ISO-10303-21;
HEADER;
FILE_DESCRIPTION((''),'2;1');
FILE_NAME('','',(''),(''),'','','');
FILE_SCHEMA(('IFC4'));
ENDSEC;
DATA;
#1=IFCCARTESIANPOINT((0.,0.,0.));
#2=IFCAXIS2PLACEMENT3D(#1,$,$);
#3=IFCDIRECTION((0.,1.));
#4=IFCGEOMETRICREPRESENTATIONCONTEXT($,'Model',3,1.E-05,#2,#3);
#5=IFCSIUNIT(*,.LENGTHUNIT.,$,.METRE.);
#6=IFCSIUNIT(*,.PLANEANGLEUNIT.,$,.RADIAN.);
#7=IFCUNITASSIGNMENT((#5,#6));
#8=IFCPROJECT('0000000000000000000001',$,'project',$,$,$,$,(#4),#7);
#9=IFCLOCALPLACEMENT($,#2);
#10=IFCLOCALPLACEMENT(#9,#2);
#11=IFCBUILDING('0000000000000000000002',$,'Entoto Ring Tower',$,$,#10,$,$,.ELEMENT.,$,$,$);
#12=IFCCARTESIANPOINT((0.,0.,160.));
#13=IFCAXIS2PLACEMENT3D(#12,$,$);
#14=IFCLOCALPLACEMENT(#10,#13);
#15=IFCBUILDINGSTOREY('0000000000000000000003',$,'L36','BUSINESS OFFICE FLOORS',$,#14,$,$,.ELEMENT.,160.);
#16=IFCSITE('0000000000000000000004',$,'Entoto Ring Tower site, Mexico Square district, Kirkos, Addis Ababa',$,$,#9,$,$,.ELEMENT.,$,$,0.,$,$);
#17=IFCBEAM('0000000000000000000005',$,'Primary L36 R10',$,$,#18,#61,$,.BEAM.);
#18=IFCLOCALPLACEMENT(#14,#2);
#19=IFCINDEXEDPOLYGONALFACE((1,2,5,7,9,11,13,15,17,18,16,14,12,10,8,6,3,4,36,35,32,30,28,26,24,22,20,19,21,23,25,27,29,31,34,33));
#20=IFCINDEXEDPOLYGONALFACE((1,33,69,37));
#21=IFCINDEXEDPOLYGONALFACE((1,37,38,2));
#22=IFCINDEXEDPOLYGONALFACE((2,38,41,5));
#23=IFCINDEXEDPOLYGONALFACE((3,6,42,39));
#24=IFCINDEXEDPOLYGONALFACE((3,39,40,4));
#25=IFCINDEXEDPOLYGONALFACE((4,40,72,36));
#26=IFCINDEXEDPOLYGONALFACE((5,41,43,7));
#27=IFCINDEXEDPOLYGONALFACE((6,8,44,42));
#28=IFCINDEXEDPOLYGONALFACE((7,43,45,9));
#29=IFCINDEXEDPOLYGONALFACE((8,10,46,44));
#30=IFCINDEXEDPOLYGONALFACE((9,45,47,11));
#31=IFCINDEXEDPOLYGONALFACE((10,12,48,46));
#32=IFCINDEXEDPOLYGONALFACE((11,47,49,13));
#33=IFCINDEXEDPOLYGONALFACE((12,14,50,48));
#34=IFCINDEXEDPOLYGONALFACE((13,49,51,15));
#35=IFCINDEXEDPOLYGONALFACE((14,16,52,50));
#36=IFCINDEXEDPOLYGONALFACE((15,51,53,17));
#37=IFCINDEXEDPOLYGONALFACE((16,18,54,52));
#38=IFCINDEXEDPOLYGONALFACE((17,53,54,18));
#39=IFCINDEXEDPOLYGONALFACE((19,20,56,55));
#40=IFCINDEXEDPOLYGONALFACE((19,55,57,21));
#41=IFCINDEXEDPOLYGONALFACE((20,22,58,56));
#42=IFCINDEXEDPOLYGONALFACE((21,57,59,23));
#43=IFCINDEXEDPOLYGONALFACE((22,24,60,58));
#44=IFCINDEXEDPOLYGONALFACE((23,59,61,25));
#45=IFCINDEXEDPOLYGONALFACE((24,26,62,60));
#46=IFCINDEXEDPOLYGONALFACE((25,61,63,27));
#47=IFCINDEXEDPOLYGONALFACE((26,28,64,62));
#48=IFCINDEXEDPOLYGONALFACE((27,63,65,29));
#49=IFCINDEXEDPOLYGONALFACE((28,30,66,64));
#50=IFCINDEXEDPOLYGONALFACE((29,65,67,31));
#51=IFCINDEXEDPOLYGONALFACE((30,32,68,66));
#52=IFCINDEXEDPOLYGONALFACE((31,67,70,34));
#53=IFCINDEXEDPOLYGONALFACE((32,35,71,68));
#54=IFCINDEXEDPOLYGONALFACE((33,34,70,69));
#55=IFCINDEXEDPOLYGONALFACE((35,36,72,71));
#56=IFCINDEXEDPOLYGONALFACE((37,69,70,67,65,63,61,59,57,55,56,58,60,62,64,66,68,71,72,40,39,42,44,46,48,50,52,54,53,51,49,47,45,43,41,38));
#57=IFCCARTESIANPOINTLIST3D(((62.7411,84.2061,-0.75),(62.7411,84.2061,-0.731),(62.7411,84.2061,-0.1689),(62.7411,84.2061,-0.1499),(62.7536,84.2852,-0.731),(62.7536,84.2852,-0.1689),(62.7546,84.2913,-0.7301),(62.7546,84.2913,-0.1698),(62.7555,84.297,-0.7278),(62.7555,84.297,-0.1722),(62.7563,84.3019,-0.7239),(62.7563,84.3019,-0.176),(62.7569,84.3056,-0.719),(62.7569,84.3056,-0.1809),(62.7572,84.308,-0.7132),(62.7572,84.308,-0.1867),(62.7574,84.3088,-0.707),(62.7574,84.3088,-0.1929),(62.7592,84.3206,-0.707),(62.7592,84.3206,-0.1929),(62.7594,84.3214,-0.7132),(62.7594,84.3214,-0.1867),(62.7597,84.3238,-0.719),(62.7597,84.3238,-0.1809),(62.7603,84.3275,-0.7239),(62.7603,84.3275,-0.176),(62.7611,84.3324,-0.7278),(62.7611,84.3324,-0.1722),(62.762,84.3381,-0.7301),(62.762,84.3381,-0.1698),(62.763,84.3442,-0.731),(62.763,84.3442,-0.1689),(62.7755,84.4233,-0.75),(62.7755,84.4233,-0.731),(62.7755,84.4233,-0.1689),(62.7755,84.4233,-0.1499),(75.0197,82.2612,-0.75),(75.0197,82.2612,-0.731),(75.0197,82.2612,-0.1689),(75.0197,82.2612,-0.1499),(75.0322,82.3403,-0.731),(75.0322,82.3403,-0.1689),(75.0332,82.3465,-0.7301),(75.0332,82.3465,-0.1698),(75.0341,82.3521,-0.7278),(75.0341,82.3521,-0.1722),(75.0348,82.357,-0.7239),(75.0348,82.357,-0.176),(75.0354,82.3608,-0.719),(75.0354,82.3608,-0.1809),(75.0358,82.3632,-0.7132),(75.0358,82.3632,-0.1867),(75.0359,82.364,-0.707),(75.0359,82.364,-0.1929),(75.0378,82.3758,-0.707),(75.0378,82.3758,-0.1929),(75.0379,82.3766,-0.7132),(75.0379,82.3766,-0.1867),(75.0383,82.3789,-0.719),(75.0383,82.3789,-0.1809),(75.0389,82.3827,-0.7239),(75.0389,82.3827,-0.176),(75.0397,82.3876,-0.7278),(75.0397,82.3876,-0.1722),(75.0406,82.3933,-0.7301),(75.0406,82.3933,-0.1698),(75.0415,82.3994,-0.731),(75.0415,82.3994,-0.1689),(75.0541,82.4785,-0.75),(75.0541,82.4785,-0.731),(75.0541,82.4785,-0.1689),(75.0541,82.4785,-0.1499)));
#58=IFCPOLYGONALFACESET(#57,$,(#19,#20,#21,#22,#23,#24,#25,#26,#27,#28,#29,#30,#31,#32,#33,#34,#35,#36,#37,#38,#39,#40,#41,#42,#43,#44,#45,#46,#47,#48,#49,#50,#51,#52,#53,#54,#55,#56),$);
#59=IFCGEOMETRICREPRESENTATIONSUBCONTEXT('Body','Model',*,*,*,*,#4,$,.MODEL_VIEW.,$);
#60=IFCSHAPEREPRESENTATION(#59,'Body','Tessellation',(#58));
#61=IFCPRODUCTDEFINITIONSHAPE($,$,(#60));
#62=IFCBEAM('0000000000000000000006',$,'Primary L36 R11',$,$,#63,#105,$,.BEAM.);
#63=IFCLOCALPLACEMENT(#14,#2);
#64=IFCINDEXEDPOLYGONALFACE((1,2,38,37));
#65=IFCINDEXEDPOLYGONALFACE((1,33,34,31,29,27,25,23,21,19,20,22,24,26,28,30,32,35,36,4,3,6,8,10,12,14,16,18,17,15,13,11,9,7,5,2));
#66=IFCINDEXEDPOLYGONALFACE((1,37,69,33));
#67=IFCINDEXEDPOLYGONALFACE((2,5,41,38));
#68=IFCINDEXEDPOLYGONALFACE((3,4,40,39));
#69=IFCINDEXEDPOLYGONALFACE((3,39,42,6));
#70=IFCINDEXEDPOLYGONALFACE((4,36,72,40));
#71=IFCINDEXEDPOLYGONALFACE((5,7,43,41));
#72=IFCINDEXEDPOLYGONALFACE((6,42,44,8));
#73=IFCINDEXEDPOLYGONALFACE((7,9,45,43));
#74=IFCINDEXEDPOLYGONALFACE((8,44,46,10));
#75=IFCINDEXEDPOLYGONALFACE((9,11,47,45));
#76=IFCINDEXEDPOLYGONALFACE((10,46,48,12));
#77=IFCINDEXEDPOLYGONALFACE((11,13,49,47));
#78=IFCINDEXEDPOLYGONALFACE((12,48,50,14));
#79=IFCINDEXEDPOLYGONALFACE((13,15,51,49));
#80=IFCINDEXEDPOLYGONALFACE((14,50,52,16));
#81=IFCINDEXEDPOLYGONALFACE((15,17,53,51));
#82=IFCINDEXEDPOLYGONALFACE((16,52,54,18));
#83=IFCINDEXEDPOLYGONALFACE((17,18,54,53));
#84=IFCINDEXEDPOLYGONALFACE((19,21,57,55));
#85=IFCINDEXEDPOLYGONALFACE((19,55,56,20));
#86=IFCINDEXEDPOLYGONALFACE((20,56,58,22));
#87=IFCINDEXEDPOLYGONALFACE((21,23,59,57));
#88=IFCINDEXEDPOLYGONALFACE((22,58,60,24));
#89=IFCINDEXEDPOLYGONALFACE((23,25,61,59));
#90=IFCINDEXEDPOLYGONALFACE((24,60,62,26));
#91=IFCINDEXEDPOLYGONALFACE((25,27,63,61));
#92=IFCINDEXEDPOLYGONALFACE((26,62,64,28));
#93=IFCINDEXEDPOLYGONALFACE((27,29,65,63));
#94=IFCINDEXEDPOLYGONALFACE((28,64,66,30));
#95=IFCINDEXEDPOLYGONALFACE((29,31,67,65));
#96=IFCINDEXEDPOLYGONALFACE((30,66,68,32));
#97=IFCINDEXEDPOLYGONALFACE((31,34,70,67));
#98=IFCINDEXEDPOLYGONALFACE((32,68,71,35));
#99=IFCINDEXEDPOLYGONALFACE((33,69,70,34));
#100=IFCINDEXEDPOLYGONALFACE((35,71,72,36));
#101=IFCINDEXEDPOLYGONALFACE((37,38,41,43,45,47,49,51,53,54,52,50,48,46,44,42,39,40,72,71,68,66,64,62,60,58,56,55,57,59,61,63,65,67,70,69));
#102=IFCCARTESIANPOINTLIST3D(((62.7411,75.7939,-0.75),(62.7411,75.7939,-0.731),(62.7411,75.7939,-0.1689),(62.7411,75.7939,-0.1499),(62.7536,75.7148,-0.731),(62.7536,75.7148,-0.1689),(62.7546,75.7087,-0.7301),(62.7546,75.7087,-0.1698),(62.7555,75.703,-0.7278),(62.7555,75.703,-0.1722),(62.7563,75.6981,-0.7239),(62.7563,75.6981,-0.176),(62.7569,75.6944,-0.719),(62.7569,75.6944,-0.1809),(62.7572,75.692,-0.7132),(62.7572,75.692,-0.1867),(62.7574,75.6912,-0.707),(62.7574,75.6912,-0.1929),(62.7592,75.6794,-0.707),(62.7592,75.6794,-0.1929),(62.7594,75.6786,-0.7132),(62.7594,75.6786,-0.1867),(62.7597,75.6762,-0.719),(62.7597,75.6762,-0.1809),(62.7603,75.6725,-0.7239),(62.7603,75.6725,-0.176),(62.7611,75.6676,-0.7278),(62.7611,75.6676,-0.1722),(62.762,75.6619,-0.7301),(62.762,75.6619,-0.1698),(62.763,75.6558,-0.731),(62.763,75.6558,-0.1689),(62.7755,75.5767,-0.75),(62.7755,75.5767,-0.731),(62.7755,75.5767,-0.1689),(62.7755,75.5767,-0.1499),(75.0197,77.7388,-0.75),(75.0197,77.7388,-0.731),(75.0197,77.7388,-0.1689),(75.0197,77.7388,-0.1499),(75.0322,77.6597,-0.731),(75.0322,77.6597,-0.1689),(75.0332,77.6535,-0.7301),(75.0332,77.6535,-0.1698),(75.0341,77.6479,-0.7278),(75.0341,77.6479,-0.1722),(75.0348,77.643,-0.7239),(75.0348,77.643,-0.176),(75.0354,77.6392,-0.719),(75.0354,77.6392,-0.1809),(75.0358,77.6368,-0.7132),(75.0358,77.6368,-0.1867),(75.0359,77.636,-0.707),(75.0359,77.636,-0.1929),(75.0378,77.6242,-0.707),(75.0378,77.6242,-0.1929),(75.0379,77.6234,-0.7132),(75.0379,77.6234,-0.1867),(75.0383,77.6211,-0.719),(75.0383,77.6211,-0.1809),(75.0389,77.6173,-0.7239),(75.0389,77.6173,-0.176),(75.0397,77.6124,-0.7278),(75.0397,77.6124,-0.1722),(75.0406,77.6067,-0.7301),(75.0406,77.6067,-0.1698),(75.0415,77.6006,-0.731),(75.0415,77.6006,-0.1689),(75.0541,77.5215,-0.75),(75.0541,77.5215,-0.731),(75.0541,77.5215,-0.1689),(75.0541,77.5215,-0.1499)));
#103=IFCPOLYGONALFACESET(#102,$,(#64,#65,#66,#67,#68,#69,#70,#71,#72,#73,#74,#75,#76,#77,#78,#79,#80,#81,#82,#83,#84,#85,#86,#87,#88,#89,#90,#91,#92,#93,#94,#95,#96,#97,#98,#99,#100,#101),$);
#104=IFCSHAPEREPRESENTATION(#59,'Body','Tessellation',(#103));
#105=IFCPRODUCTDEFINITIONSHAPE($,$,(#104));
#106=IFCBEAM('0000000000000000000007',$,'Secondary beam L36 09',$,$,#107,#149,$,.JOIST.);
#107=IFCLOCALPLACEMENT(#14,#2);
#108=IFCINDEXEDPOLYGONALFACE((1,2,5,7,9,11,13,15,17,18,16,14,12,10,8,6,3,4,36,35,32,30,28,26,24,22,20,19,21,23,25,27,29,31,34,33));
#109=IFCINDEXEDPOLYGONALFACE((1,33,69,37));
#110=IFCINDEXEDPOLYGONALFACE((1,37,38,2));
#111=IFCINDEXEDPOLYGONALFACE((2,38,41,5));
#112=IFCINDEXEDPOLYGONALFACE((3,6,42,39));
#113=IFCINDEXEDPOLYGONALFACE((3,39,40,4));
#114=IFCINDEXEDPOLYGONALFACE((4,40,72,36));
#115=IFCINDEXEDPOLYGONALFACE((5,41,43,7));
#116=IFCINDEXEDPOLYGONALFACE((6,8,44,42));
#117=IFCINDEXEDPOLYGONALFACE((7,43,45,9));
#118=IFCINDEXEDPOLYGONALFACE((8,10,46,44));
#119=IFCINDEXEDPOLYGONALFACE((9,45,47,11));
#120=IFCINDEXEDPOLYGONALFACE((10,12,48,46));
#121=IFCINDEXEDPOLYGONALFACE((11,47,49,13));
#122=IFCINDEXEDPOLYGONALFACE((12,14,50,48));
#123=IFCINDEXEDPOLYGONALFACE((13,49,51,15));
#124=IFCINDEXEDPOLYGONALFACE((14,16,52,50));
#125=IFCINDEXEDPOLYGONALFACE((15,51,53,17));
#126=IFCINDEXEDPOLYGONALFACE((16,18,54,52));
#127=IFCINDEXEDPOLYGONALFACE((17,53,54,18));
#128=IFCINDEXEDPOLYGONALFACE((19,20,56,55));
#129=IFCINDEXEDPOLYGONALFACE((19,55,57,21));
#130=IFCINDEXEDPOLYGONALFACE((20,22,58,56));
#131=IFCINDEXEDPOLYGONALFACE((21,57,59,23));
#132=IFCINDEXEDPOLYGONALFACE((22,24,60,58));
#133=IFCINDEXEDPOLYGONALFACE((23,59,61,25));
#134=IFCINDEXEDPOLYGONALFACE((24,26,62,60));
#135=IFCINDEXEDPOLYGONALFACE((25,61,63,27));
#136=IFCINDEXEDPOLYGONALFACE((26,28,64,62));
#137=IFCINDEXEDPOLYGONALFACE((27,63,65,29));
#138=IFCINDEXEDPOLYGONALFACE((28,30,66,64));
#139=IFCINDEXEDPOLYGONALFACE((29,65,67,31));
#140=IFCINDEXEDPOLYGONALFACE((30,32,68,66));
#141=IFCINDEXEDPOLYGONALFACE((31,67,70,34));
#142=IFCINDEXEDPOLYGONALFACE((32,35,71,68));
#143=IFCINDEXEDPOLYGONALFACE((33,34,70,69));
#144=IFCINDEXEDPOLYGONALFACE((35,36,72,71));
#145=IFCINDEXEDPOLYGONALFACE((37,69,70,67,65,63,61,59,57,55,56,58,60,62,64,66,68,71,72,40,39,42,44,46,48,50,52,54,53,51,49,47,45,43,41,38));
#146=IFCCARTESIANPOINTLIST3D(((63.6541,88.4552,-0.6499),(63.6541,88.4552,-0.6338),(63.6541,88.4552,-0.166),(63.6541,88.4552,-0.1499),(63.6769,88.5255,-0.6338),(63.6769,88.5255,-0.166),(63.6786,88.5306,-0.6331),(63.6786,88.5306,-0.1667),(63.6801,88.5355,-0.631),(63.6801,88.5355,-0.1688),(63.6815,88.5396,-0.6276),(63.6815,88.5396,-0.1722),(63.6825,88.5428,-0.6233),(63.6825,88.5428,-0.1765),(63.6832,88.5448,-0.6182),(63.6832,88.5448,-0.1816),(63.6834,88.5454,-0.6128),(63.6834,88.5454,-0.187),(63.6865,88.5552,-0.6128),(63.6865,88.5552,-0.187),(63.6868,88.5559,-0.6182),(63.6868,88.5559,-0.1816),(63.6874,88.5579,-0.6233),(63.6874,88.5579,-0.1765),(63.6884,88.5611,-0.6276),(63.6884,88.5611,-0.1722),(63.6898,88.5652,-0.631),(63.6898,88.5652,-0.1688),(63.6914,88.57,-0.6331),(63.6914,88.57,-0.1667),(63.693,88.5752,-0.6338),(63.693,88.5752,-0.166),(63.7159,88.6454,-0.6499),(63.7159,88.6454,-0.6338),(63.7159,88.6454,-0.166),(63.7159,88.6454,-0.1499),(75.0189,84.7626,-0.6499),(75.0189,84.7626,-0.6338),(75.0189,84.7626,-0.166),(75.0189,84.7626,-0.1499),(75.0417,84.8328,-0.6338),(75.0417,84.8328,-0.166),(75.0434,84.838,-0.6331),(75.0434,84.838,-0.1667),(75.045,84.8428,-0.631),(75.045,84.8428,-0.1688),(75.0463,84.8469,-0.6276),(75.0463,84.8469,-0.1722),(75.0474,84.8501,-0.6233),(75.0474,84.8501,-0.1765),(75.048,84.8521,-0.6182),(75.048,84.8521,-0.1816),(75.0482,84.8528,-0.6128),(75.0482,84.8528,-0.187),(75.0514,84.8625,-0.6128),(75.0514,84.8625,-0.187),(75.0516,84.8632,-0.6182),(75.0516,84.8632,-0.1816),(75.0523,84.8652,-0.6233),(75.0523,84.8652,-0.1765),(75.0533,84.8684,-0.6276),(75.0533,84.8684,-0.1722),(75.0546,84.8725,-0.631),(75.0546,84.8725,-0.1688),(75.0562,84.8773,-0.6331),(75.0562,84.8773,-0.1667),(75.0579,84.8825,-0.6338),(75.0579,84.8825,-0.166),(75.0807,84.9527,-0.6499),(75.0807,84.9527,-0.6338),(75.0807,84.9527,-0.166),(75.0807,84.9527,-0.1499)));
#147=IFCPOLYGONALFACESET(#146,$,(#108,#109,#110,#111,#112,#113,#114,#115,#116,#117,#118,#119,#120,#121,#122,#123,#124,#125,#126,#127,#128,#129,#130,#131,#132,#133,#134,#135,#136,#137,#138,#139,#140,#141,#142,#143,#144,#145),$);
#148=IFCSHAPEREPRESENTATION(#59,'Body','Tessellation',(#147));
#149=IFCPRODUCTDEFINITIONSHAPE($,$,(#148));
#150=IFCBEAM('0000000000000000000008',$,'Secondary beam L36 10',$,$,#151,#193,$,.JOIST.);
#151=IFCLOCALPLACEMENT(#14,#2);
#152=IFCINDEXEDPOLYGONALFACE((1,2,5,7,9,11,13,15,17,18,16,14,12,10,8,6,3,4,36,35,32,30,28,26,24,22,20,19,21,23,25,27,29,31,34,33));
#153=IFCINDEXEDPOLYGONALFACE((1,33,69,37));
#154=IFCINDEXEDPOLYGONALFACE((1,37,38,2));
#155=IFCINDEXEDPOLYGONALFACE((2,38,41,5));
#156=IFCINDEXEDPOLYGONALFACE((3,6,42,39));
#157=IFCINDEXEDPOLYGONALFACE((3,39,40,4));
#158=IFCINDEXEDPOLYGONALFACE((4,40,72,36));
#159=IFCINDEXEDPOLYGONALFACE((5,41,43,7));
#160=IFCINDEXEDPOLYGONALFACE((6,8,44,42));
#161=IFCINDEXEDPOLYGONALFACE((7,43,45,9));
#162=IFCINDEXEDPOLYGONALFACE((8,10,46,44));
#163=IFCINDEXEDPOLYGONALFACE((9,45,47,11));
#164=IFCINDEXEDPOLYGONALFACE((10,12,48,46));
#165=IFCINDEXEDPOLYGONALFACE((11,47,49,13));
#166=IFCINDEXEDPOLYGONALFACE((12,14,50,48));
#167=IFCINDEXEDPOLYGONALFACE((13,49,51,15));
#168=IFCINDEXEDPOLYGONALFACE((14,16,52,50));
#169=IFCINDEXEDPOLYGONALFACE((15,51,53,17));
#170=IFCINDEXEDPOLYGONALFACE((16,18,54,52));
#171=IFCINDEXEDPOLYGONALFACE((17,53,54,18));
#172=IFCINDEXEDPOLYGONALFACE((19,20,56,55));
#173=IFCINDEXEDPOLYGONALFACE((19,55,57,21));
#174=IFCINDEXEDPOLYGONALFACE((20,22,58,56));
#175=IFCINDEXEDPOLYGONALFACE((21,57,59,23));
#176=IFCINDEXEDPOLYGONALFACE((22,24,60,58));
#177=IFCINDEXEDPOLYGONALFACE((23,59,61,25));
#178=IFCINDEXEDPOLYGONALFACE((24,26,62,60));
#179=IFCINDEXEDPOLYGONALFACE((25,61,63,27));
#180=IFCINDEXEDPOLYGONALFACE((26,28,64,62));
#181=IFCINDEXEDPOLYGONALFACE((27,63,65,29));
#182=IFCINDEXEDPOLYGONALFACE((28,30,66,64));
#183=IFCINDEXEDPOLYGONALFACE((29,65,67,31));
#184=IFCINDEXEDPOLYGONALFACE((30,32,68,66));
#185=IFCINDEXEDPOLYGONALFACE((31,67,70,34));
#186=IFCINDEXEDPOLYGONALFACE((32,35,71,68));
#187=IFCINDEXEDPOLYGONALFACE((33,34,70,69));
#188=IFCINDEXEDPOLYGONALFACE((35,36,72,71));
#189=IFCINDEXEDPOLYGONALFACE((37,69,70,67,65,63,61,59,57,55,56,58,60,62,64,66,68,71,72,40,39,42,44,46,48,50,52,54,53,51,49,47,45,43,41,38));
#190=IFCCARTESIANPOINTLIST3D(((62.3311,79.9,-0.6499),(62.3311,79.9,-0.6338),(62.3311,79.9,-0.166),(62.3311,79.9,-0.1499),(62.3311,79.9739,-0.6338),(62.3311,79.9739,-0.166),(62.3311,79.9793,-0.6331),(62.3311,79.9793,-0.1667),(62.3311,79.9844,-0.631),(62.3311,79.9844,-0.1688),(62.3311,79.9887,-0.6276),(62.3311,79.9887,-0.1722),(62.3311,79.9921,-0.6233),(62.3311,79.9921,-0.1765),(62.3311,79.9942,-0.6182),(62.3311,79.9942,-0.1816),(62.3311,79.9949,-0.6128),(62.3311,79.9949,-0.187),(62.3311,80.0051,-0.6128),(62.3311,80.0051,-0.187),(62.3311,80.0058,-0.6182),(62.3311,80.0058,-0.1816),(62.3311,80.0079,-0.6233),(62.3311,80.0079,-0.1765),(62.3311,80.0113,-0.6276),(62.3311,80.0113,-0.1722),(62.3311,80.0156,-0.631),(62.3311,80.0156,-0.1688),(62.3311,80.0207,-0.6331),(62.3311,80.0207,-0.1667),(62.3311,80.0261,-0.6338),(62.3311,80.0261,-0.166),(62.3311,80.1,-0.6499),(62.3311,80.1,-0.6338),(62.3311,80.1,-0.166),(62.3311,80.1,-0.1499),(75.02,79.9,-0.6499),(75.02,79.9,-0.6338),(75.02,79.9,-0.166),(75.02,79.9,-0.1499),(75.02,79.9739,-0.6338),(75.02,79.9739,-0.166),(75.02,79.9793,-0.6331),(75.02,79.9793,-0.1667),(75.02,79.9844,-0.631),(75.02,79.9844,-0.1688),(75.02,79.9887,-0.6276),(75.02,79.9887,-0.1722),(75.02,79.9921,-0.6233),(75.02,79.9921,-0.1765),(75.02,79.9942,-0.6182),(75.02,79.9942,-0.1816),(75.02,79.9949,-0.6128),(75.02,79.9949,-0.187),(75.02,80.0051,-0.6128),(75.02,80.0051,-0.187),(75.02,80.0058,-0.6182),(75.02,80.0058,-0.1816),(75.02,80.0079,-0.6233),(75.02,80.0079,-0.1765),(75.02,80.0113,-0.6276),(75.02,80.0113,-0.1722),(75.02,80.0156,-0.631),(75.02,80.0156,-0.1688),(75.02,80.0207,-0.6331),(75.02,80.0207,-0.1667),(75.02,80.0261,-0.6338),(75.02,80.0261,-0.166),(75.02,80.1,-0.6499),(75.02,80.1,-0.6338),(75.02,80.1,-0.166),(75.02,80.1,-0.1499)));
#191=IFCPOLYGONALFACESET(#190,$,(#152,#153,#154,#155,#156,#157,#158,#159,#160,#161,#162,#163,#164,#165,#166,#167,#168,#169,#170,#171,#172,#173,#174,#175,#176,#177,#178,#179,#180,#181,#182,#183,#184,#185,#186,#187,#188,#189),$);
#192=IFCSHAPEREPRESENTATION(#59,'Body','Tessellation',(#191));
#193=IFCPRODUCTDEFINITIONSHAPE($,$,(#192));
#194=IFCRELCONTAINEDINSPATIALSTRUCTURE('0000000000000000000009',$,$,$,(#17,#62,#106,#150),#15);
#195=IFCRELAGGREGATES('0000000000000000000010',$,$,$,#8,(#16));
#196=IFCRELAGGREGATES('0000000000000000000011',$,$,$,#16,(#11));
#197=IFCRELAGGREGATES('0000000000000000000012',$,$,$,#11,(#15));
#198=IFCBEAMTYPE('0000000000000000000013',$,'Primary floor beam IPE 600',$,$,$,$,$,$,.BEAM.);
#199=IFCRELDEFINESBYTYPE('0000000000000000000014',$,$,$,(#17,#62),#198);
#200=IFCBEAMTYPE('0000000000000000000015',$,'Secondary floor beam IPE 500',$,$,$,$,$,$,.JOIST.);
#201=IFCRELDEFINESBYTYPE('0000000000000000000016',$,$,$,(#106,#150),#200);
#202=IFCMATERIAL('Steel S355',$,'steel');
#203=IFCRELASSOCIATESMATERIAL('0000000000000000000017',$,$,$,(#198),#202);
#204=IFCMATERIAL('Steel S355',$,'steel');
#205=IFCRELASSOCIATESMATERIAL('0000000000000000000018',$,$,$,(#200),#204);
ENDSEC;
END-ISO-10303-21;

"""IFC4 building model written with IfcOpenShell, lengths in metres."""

from ifc_helpers import new_model, si_unit, direction, frame, origin, origin_2d, place, context, subcontext, project, spatial, i_section, extrude, material, material_profile, profile_set, type_object, element, save


model = new_model("IFC4")

# Units and contexts
model_context = context("Model", 3, precision=1e-05, world=origin(), true_north=direction((0.0, 1.0)))
body_context = subcontext(model_context, "Body", "Model", "MODEL_VIEW")
ifc_project = project(units=[si_unit("LENGTHUNIT", "METRE"), si_unit("PLANEANGLEUNIT", "RADIAN")], contexts=[model_context])

# Site, building, storey
site_placement = place(None, origin())
site = spatial("IfcSite", under=ifc_project, at=site_placement, Name="Entoto Ring Tower site, Mexico Square district, Kirkos, Addis Ababa", CompositionType="ELEMENT", RefElevation=0.0)
building_placement = place(site_placement, origin())
building = spatial("IfcBuilding", under=site, at=building_placement, Name="Entoto Ring Tower", CompositionType="ELEMENT")
storey_placement = place(building_placement, frame((0.0, 0.0, 160.0)))
storey = spatial("IfcBuildingStorey", under=building, at=storey_placement, Name="L36", Description="BUSINESS OFFICE FLOORS", CompositionType="ELEMENT", Elevation=160.0)

# Beams
ifc_material_1 = material(Name="Steel S355", Category="steel")
ifc_material_profile_1 = material_profile(ifc_material_1, i_section(OverallWidth=0.22, OverallDepth=0.6001, WebThickness=0.012, FlangeThickness=0.019, FilletRadius=0.0239, at=origin_2d()), Name="IPE 600")
ifc_profile_set_1 = profile_set([ifc_material_profile_1], Name="Steel S355")
beam_type_1 = type_object("IfcBeamType", Name="Primary floor beam IPE 600", PredefinedType="BEAM", material=ifc_profile_set_1)
for number, where, z_axis, x_axis, name in (
    (1, (75.0369, 82.3699, -0.45), (-0.987687, 0.156442, 0.0), (-0.156442, -0.987687, 0.0), "Primary L36 R10"),
    (2, (75.0369, 77.6301, -0.45), (-0.987687, -0.156442, 0.0), (0.156442, -0.987687, 0.0), "Primary L36 R11"),
):
    element("IfcBeam", number, at=place(storey_placement, frame(where, z_axis=z_axis, x_axis=x_axis)), inside=storey, type_object=beam_type_1, Name=name, PredefinedType="BEAM", context=body_context, shape_type="SweptSolid", body=[
        extrude(i_section(OverallWidth=0.22, OverallDepth=0.6001, WebThickness=0.012, FlangeThickness=0.019, FilletRadius=0.0239, at=origin_2d()), origin(), (0.0, 0.0, 1.0), 12.4316),
    ])
ifc_material_2 = material(Name="Steel S355", Category="steel")
ifc_material_profile_2 = material_profile(ifc_material_2, i_section(OverallWidth=0.2, OverallDepth=0.5, WebThickness=0.0103, FlangeThickness=0.0161, FilletRadius=0.021, at=origin_2d()), Name="IPE 500")
ifc_profile_set_2 = profile_set([ifc_material_profile_2], Name="Steel S355")
beam_type_2 = type_object("IfcBeamType", Name="Secondary floor beam IPE 500", PredefinedType="JOIST", material=ifc_profile_set_2)
beam_1_placement = place(storey_placement, frame((75.0498, 84.8577, -0.3999), z_axis=(-0.951057, 0.309017, 0.0), x_axis=(-0.309017, -0.951057, 0.0)))
element("IfcBeam", 3, at=beam_1_placement, inside=storey, type_object=beam_type_2, Name="Secondary beam L36 09", PredefinedType="JOIST", context=body_context, shape_type="SweptSolid", body=[
    extrude(i_section(OverallWidth=0.2, OverallDepth=0.5, WebThickness=0.0103, FlangeThickness=0.0161, FilletRadius=0.021, at=origin_2d()), origin(), (0.0, 0.0, 1.0), 11.9497),
])
beam_2_placement = place(storey_placement, frame((75.02, 80.0, -0.3999), z_axis=(-1.0, 0.0, 0.0), x_axis=(0.0, -1.0, 0.0)))
element("IfcBeam", 4, at=beam_2_placement, inside=storey, type_object=beam_type_2, Name="Secondary beam L36 10", PredefinedType="JOIST", context=body_context, shape_type="SweptSolid", body=[
    extrude(i_section(OverallWidth=0.2, OverallDepth=0.5, WebThickness=0.0103, FlangeThickness=0.0161, FilletRadius=0.021, at=origin_2d()), origin(), (0.0, 0.0, 1.0), 12.689),
])

save(model, "model.ifc")
